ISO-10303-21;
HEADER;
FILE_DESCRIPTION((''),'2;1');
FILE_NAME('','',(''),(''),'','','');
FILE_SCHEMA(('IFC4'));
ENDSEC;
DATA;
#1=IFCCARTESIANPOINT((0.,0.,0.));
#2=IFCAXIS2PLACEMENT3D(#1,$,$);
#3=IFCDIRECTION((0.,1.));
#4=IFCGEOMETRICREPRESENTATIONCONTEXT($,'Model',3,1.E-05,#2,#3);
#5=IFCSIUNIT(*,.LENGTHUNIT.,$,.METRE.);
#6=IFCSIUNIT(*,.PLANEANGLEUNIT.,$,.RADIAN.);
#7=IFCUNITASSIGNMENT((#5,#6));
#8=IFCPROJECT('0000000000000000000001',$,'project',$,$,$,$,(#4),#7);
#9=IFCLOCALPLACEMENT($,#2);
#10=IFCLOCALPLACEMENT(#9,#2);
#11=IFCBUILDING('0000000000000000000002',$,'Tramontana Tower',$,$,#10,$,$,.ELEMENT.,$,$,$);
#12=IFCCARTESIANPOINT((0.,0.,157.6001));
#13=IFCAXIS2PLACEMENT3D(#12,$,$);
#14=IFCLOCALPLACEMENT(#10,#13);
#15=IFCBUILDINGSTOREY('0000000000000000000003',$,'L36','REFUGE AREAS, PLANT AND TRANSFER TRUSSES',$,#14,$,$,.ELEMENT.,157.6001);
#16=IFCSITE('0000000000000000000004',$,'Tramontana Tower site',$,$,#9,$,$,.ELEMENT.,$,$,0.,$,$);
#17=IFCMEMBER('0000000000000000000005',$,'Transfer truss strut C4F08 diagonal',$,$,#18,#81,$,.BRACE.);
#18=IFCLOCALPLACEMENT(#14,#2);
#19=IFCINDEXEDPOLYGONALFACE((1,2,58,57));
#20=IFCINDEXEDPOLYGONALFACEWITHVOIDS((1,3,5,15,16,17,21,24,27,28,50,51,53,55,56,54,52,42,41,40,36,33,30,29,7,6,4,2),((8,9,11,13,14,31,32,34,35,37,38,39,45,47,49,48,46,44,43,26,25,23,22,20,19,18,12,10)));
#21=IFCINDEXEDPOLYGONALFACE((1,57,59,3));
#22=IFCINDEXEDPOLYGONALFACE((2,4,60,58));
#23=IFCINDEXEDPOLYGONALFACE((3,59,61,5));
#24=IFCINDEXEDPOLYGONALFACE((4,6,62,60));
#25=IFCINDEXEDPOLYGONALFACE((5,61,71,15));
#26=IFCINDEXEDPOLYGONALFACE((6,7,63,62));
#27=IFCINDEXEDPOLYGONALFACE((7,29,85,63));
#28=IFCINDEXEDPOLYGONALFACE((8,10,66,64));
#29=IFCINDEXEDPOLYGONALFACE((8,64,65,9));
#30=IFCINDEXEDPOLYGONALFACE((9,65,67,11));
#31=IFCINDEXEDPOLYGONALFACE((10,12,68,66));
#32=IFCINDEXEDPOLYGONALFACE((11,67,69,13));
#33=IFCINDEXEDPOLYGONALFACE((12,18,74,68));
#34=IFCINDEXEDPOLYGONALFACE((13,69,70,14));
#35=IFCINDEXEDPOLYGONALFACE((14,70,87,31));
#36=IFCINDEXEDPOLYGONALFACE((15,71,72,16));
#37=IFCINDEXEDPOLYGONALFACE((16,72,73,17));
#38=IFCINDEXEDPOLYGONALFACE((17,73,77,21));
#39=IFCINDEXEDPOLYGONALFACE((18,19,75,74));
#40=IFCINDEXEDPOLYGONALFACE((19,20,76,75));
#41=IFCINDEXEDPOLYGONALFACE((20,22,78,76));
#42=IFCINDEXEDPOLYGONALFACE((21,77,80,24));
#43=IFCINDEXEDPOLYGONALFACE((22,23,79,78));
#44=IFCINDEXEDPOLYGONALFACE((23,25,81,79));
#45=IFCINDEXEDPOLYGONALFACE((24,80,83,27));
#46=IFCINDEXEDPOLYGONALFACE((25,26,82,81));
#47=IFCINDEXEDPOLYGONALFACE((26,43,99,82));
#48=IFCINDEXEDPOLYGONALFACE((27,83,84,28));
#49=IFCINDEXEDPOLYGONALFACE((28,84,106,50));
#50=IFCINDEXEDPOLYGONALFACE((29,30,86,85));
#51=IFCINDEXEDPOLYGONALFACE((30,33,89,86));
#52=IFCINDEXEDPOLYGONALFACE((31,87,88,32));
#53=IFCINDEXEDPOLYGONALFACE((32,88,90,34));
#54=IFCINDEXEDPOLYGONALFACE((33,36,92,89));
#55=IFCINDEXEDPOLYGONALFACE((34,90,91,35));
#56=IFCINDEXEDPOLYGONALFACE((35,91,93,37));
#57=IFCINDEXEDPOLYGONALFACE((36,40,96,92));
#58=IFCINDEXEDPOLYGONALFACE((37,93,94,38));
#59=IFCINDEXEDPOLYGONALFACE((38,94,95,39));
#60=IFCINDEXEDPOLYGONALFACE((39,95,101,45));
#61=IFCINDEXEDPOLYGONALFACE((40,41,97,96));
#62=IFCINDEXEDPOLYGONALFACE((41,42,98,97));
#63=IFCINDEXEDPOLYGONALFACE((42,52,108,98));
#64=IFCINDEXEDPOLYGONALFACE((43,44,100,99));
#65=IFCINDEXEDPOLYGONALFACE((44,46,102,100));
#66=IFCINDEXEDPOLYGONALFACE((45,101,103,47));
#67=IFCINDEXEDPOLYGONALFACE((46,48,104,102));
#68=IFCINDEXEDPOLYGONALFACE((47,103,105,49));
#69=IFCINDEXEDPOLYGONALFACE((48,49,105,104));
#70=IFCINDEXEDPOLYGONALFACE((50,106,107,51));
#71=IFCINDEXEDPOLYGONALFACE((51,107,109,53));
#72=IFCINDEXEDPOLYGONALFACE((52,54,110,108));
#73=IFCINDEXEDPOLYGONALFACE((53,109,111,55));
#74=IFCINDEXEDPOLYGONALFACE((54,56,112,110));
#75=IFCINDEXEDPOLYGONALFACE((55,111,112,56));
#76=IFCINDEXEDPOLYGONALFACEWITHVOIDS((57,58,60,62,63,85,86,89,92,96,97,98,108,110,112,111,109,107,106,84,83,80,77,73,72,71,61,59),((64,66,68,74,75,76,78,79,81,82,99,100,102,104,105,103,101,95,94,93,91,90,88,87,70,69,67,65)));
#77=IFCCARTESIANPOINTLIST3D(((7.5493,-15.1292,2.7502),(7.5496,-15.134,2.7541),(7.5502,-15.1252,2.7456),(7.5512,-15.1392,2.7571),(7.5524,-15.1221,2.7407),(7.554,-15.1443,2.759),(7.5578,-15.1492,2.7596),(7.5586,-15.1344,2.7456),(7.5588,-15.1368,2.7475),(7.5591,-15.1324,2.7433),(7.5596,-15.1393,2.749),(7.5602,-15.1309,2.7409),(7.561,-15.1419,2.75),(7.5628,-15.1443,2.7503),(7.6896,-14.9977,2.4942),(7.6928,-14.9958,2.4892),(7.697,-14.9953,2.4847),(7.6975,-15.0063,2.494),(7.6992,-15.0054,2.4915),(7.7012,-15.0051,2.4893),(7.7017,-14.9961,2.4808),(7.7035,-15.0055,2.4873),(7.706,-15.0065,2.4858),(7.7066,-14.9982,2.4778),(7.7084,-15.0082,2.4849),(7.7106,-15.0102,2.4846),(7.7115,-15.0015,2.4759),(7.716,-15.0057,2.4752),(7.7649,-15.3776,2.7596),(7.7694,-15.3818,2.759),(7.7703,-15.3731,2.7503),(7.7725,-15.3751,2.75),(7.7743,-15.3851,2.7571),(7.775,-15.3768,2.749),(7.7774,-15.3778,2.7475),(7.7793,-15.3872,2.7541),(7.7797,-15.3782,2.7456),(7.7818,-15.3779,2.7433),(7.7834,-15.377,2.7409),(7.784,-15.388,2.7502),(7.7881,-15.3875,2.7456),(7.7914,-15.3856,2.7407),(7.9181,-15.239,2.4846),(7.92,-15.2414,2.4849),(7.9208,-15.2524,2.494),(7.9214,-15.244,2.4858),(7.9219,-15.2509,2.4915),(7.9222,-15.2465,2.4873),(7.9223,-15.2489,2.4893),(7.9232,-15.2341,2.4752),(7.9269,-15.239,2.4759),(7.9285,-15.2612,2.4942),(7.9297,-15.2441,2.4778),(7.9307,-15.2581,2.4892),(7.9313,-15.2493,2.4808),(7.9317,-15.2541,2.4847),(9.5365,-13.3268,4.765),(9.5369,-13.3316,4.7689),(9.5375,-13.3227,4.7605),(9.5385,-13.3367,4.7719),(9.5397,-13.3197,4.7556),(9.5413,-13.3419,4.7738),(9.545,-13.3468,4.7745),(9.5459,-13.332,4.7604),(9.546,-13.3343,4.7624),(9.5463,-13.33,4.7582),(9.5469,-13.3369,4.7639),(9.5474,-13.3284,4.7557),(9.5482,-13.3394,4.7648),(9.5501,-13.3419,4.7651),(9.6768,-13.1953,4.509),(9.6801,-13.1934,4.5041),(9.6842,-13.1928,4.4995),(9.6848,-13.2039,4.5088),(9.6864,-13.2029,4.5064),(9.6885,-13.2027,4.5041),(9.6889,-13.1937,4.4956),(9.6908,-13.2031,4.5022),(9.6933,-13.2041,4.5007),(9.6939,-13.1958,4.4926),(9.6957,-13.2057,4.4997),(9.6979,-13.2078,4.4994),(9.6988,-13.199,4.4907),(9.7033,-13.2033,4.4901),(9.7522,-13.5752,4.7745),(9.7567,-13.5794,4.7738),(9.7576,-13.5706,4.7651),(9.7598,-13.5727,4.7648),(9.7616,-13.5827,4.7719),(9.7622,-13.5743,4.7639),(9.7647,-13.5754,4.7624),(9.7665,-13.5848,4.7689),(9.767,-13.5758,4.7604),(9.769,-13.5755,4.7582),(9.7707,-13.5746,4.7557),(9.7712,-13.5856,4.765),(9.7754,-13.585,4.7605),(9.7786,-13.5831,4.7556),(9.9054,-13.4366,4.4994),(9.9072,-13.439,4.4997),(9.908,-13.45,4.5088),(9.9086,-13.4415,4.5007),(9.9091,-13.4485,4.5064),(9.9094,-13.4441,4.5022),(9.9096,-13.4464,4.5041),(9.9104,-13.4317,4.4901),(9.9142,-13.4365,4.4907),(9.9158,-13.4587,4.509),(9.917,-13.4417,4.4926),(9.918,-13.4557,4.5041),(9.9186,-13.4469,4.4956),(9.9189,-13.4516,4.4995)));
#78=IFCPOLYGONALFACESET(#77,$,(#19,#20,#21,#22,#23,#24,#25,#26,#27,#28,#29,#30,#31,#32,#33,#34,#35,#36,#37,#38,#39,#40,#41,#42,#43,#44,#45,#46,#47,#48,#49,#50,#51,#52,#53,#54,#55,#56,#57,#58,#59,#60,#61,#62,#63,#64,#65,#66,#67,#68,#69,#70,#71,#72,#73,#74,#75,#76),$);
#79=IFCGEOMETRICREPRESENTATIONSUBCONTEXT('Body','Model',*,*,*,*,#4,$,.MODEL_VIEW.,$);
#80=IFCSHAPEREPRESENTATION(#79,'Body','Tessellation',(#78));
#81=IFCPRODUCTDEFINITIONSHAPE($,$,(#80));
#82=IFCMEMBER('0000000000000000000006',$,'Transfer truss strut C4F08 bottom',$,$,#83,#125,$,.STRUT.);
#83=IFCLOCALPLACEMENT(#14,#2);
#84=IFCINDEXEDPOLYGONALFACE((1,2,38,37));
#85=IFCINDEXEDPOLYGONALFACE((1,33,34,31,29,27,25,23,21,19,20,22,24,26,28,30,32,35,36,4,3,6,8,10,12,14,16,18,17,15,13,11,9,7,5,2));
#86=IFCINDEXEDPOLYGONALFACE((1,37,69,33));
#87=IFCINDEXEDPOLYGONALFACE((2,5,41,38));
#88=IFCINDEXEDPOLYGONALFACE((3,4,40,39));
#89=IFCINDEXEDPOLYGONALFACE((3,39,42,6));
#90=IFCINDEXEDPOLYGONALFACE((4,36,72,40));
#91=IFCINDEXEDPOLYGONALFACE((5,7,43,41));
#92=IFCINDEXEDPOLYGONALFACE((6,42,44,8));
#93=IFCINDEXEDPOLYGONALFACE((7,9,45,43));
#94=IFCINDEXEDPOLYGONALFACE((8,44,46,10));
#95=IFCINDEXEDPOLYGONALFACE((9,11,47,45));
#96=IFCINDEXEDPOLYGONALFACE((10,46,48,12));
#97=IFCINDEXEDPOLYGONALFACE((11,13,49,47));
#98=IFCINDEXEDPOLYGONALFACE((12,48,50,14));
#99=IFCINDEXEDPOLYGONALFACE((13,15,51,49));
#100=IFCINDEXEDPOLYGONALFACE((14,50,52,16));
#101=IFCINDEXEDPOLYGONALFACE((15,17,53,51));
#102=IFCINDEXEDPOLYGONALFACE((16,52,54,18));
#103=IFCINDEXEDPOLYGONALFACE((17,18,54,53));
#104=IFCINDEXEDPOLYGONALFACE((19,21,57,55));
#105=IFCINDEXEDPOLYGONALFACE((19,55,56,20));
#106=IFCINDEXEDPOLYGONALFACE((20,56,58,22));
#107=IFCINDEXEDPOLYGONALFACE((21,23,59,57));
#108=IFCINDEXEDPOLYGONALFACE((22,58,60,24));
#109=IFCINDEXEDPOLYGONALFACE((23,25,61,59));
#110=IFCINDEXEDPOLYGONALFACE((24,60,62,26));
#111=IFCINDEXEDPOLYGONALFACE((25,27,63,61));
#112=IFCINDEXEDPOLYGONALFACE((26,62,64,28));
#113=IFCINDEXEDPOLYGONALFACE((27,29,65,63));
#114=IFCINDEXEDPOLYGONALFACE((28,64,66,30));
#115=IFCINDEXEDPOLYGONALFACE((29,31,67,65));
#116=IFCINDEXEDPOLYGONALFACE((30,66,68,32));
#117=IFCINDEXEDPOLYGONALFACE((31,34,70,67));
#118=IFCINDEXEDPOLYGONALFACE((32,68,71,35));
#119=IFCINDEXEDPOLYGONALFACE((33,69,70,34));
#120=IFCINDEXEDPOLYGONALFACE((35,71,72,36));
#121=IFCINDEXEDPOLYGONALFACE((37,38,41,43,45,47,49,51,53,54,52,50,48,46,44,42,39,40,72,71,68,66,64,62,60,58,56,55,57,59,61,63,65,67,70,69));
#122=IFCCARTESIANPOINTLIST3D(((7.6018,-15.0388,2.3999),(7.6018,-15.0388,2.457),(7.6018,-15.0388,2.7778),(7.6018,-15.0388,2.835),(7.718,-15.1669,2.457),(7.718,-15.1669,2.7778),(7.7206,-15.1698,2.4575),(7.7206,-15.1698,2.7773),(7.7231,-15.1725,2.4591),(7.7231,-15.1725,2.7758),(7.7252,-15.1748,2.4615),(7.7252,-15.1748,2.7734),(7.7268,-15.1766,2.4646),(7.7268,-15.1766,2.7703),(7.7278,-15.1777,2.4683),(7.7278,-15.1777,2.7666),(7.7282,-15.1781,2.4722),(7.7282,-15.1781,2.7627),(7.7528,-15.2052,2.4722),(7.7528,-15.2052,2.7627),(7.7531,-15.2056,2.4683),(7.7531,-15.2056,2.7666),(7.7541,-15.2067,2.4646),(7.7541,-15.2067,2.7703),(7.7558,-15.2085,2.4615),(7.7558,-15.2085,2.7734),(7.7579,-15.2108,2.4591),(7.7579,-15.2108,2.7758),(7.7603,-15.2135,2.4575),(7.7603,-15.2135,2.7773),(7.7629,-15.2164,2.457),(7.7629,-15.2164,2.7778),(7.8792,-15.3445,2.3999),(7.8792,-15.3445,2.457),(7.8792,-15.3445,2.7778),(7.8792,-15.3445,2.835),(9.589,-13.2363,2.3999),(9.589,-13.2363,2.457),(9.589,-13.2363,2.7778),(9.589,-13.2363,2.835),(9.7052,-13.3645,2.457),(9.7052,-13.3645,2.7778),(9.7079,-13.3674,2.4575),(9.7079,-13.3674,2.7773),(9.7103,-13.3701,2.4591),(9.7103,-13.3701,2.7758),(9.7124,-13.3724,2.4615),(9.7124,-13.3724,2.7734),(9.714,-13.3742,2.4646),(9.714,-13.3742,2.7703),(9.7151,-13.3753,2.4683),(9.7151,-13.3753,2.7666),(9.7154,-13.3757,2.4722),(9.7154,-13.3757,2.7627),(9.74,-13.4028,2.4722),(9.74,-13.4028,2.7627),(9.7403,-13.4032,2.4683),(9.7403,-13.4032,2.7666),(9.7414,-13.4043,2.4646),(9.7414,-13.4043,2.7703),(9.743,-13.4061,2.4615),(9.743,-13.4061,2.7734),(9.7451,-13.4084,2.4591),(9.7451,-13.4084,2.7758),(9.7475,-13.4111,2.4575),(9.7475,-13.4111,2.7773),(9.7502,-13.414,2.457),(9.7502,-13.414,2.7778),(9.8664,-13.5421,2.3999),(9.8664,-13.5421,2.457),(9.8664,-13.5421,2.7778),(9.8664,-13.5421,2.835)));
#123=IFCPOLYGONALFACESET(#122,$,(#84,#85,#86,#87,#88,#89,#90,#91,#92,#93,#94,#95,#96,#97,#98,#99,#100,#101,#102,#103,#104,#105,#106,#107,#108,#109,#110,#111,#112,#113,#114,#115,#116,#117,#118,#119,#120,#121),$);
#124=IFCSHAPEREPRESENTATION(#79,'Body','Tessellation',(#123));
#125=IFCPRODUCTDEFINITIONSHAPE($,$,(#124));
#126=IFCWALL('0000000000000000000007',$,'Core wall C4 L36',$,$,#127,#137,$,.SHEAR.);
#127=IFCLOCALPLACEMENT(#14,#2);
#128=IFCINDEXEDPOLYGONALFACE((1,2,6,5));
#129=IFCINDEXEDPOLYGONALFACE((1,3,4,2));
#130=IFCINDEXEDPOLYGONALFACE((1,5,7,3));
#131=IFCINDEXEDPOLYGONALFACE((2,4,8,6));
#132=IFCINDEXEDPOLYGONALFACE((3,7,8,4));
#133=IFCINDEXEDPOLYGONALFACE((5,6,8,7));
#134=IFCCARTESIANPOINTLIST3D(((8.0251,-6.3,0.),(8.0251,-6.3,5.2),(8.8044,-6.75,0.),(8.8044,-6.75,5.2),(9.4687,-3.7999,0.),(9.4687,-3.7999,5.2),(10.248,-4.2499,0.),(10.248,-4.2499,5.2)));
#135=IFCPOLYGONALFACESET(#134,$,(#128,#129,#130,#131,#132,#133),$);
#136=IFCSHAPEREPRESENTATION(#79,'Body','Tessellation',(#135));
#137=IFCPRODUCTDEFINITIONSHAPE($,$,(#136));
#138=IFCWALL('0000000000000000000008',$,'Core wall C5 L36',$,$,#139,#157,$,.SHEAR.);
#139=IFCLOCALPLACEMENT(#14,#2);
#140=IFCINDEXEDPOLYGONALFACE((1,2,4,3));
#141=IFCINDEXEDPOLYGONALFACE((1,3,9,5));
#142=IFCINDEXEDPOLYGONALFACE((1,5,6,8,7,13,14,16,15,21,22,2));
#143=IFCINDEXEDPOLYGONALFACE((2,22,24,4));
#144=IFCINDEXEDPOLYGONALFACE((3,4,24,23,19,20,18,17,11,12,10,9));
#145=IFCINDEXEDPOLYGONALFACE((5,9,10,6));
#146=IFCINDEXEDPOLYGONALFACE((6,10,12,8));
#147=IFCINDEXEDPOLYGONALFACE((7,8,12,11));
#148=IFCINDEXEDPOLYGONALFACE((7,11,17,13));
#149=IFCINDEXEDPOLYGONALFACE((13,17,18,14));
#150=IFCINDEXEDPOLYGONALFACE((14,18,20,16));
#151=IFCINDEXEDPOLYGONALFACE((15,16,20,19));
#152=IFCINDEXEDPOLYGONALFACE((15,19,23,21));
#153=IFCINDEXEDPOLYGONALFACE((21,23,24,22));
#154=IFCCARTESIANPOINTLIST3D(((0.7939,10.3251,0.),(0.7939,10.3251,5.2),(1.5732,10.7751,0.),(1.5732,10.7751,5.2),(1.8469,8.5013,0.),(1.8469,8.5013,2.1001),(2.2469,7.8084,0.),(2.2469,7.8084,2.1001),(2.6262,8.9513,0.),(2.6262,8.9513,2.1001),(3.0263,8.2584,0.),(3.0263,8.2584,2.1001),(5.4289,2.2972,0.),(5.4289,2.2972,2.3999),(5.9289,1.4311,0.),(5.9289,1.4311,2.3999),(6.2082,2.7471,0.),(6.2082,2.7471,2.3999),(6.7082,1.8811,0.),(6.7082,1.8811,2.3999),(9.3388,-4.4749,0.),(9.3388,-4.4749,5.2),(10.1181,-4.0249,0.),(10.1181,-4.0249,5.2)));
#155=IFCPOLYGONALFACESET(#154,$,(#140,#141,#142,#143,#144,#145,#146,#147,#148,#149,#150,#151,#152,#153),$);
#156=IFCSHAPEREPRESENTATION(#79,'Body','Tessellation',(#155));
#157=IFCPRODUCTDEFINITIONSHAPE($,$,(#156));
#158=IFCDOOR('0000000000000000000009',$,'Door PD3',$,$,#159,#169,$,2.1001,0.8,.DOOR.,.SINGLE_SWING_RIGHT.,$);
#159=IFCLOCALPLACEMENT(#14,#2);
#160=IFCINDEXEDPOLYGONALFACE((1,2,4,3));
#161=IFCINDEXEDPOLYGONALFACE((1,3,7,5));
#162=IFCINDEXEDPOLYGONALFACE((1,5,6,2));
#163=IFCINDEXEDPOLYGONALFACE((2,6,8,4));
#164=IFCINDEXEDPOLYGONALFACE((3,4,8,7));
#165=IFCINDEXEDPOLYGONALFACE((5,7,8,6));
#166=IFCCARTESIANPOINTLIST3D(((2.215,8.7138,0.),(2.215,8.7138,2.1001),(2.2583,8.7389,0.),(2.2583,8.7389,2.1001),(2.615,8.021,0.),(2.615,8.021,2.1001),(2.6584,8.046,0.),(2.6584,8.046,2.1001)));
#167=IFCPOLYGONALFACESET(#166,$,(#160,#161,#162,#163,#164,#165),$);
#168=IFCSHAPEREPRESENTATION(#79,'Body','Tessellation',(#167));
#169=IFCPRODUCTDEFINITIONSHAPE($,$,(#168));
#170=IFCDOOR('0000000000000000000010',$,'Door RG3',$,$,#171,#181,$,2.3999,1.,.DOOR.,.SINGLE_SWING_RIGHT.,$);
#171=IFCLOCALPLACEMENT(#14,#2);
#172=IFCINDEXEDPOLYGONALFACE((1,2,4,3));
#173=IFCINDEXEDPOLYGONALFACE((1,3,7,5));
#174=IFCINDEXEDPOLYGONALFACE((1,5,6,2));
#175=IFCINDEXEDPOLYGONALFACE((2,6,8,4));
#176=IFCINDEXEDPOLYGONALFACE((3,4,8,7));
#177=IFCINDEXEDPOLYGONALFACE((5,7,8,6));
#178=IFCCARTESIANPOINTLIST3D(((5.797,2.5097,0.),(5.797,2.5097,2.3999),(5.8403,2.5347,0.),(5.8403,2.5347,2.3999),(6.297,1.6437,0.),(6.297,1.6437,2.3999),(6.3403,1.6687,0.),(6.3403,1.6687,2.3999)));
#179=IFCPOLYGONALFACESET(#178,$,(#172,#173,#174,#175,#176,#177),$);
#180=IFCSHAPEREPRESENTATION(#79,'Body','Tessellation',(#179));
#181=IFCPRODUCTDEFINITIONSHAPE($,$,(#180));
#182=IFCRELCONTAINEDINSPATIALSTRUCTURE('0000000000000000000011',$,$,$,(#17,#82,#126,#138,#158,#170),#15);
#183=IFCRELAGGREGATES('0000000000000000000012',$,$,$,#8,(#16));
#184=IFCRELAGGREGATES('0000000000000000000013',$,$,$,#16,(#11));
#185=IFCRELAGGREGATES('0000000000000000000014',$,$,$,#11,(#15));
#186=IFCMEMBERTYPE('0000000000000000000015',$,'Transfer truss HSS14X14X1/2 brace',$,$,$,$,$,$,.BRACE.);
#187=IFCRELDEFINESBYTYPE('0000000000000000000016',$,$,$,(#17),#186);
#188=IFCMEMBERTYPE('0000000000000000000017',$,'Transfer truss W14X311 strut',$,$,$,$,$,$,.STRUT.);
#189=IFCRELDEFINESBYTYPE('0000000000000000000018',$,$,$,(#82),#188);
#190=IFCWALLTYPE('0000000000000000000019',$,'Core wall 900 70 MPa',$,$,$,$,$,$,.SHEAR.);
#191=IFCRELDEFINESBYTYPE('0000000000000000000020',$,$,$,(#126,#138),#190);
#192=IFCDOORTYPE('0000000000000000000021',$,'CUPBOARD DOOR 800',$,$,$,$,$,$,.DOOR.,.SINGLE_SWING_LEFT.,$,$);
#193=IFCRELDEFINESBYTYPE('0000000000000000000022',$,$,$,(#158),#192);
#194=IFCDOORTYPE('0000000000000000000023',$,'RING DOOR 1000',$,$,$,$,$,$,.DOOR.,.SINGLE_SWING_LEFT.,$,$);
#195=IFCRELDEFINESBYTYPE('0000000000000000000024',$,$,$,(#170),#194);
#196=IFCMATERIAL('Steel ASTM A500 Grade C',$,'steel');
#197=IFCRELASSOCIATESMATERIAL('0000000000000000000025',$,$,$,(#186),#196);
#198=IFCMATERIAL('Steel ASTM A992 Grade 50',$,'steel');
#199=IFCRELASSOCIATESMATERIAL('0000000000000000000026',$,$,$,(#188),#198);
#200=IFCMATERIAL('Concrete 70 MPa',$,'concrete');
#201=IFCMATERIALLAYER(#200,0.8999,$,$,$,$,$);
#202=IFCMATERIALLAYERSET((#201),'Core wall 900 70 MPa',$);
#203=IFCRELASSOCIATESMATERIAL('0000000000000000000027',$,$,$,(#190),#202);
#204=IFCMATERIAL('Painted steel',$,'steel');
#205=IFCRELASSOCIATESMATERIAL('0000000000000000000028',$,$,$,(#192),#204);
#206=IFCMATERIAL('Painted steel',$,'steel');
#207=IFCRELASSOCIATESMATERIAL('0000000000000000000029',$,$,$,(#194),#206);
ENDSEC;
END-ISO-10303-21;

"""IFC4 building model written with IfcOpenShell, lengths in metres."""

from ifc_helpers import new_model, si_unit, direction, frame, frame_2d, origin, origin_2d, place, context, subcontext, project, spatial, rectangle, hollow_rectangle, i_section, extrude, material, layer, layer_set, material_profile, profile_set, type_object, element, fill, save


model = new_model("IFC4")

# Units and contexts
model_context = context("Model", 3, precision=1e-05, world=origin(), true_north=direction((0.0, 1.0)))
body_context = subcontext(model_context, "Body", "Model", "MODEL_VIEW")
ifc_project = project(units=[si_unit("LENGTHUNIT", "METRE"), si_unit("PLANEANGLEUNIT", "RADIAN")], contexts=[model_context])

# Site, building, storey
site_placement = place(None, origin())
site = spatial("IfcSite", under=ifc_project, at=site_placement, Name="Tramontana Tower site", CompositionType="ELEMENT", RefElevation=0.0)
building_placement = place(site_placement, origin())
building = spatial("IfcBuilding", under=site, at=building_placement, Name="Tramontana Tower", CompositionType="ELEMENT")
storey_placement = place(building_placement, frame((0.0, 0.0, 157.6001)))
storey = spatial("IfcBuildingStorey", under=building, at=storey_placement, Name="L36", Description="REFUGE AREAS, PLANT AND TRANSFER TRUSSES", CompositionType="ELEMENT", Elevation=157.6001)

# Members
ifc_material_1 = material(Name="Steel ASTM A500 Grade C", Category="steel")
ifc_material_profile_1 = material_profile(ifc_material_1, hollow_rectangle(XDim=0.3557, YDim=0.3557, WallThickness=0.0117, InnerFilletRadius=0.0117, OuterFilletRadius=0.0237, at=origin_2d()), Name="HSS14X14X1/2")
ifc_profile_set_1 = profile_set([ifc_material_profile_1], Name="Steel ASTM A500 Grade C")
member_type_1 = type_object("IfcMemberType", Name="Transfer truss HSS14X14X1/2 brace", PredefinedType="BRACE", material=ifc_profile_set_1)
member_1_placement = place(storey_placement, frame((7.7405, -15.1917, 2.6174), z_axis=(0.592285, 0.537204, 0.600508), x_axis=(-0.671825, 0.74071, 0.0)))
element("IfcMember", 1, at=member_1_placement, inside=storey, type_object=member_type_1, Name="Transfer truss strut C4F08 diagonal", PredefinedType="BRACE", context=body_context, shape_type="SweptSolid", body=[
    extrude(hollow_rectangle(XDim=0.3557, YDim=0.3557, WallThickness=0.0117, InnerFilletRadius=0.0117, OuterFilletRadius=0.0237, at=origin_2d()), origin(), (0.0, 0.0, 1.0), 3.3552),
])
ifc_material_2 = material(Name="Steel ASTM A992 Grade 50", Category="steel")
ifc_material_profile_2 = material_profile(ifc_material_2, i_section(OverallWidth=0.4128, OverallDepth=0.4351, WebThickness=0.0366, FlangeThickness=0.0571, FilletRadius=0.0151, at=origin_2d()), Name="W14X311")
ifc_profile_set_2 = profile_set([ifc_material_profile_2], Name="Steel ASTM A992 Grade 50")
member_type_2 = type_object("IfcMemberType", Name="Transfer truss W14X311 strut", PredefinedType="STRUT", material=ifc_profile_set_2)
member_2_placement = place(storey_placement, frame((7.7405, -15.1917, 2.6174), z_axis=(0.74071, 0.671825, 0.0), x_axis=(-0.671825, 0.74071, 0.0)))
element("IfcMember", 2, at=member_2_placement, inside=storey, type_object=member_type_2, Name="Transfer truss strut C4F08 bottom", PredefinedType="STRUT", context=body_context, shape_type="SweptSolid", body=[
    extrude(i_section(OverallWidth=0.4128, OverallDepth=0.4351, WebThickness=0.0366, FlangeThickness=0.0571, FilletRadius=0.0151, at=origin_2d()), origin(), (0.0, 0.0, 1.0), 2.6829),
])

# Wall
ifc_material_3 = material(Name="Concrete 70 MPa", Category="concrete")
ifc_layer_1 = layer(ifc_material_3, 0.8999)
ifc_layer_set_1 = layer_set([ifc_layer_1], Name="Core wall 900 70 MPa")
wall_type_1 = type_object("IfcWallType", Name="Core wall 900 70 MPa", PredefinedType="SHEAR", material=ifc_layer_set_1)
wall_1_placement = place(storey_placement, frame((8.4148, -6.5249, 0.0), z_axis=(0.0, 0.0, 1.0), x_axis=(0.500059, 0.865991, 0.0)))
element("IfcWall", 3, at=wall_1_placement, inside=storey, type_object=wall_type_1, Name="Core wall C4 L36", PredefinedType="SHEAR", context=body_context, shape_type="SweptSolid", body=[
    extrude(rectangle(XDim=2.887, YDim=0.8999, at=frame_2d((1.4434, 0.0))), origin(), (0.0, 0.0, 1.0), 5.2),
])

# Wall, openings, doors
wall_2_placement = place(storey_placement, frame((9.7285, -4.25, 0.0), z_axis=(0.0, 0.0, 1.0), x_axis=(-0.500005, 0.866023, 0.0)))
wall_2 = element("IfcWall", 4, at=wall_2_placement, inside=storey, type_object=wall_type_1, Name="Core wall C5 L36", PredefinedType="SHEAR", context=body_context, shape_type="SweptSolid", body=[
    extrude(rectangle(XDim=17.0896, YDim=0.8999, at=frame_2d((8.5449, 0.0))), origin(), (0.0, 0.0, 1.0), 5.2),
])
opening_1_placement = place(wall_2_placement, frame((6.8198, 0.0, 0.0)))
opening_1 = element("IfcOpeningElement", 5, at=opening_1_placement, cuts=wall_2, PredefinedType="OPENING", context=body_context, shape_type="SweptSolid", body=[
    extrude(rectangle(XDim=1.0, YDim=2.3999, at=frame_2d((0.5, 1.2))), frame((0.0, 0.46, 0.0), z_axis=(0.0, -1.0, 0.0), x_axis=(1.0, 0.0, 0.0)), (0.0, 0.0, 1.0), 0.9199),
])
opening_2_placement = place(wall_2_placement, frame((14.1838, 0.0, 0.0)))
opening_2 = element("IfcOpeningElement", 6, at=opening_2_placement, cuts=wall_2, PredefinedType="OPENING", context=body_context, shape_type="SweptSolid", body=[
    extrude(rectangle(XDim=0.8, YDim=2.1001, at=frame_2d((0.3999, 1.05))), frame((0.0, 0.46, 0.0), z_axis=(0.0, -1.0, 0.0), x_axis=(1.0, 0.0, 0.0)), (0.0, 0.0, 1.0), 0.9199),
])
ifc_material_4 = material(Name="Painted steel", Category="steel")
door_type_1 = type_object("IfcDoorType", Name="CUPBOARD DOOR 800", OperationType="SINGLE_SWING_LEFT", PredefinedType="DOOR", material=ifc_material_4)
door_1_placement = place(opening_2_placement, origin())
door_1 = element("IfcDoor", 7, at=door_1_placement, inside=storey, type_object=door_type_1, Name="Door PD3", OperationType="SINGLE_SWING_RIGHT", OverallHeight=2.1001, OverallWidth=0.8, PredefinedType="DOOR", context=body_context, shape_type="SweptSolid", body=[
    extrude(rectangle(XDim=0.8, YDim=2.1001, at=frame_2d((0.3999, 1.05))), frame((0.0, 0.0249, 0.0), z_axis=(0.0, -1.0, 0.0), x_axis=(1.0, 0.0, 0.0)), (0.0, 0.0, 1.0), 0.05),
])
fill(opening_2, door_1)
ifc_material_5 = material(Name="Painted steel", Category="steel")
door_type_2 = type_object("IfcDoorType", Name="RING DOOR 1000", OperationType="SINGLE_SWING_LEFT", PredefinedType="DOOR", material=ifc_material_5)
door_2_placement = place(opening_1_placement, origin())
door_2 = element("IfcDoor", 8, at=door_2_placement, inside=storey, type_object=door_type_2, Name="Door RG3", OperationType="SINGLE_SWING_RIGHT", OverallHeight=2.3999, OverallWidth=1.0, PredefinedType="DOOR", context=body_context, shape_type="SweptSolid", body=[
    extrude(rectangle(XDim=1.0, YDim=2.3999, at=frame_2d((0.5, 1.2))), frame((0.0, 0.0249, 0.0), z_axis=(0.0, -1.0, 0.0), x_axis=(1.0, 0.0, 0.0)), (0.0, 0.0, 1.0), 0.05),
])
fill(opening_1, door_2)

save(model, "model.ifc")
